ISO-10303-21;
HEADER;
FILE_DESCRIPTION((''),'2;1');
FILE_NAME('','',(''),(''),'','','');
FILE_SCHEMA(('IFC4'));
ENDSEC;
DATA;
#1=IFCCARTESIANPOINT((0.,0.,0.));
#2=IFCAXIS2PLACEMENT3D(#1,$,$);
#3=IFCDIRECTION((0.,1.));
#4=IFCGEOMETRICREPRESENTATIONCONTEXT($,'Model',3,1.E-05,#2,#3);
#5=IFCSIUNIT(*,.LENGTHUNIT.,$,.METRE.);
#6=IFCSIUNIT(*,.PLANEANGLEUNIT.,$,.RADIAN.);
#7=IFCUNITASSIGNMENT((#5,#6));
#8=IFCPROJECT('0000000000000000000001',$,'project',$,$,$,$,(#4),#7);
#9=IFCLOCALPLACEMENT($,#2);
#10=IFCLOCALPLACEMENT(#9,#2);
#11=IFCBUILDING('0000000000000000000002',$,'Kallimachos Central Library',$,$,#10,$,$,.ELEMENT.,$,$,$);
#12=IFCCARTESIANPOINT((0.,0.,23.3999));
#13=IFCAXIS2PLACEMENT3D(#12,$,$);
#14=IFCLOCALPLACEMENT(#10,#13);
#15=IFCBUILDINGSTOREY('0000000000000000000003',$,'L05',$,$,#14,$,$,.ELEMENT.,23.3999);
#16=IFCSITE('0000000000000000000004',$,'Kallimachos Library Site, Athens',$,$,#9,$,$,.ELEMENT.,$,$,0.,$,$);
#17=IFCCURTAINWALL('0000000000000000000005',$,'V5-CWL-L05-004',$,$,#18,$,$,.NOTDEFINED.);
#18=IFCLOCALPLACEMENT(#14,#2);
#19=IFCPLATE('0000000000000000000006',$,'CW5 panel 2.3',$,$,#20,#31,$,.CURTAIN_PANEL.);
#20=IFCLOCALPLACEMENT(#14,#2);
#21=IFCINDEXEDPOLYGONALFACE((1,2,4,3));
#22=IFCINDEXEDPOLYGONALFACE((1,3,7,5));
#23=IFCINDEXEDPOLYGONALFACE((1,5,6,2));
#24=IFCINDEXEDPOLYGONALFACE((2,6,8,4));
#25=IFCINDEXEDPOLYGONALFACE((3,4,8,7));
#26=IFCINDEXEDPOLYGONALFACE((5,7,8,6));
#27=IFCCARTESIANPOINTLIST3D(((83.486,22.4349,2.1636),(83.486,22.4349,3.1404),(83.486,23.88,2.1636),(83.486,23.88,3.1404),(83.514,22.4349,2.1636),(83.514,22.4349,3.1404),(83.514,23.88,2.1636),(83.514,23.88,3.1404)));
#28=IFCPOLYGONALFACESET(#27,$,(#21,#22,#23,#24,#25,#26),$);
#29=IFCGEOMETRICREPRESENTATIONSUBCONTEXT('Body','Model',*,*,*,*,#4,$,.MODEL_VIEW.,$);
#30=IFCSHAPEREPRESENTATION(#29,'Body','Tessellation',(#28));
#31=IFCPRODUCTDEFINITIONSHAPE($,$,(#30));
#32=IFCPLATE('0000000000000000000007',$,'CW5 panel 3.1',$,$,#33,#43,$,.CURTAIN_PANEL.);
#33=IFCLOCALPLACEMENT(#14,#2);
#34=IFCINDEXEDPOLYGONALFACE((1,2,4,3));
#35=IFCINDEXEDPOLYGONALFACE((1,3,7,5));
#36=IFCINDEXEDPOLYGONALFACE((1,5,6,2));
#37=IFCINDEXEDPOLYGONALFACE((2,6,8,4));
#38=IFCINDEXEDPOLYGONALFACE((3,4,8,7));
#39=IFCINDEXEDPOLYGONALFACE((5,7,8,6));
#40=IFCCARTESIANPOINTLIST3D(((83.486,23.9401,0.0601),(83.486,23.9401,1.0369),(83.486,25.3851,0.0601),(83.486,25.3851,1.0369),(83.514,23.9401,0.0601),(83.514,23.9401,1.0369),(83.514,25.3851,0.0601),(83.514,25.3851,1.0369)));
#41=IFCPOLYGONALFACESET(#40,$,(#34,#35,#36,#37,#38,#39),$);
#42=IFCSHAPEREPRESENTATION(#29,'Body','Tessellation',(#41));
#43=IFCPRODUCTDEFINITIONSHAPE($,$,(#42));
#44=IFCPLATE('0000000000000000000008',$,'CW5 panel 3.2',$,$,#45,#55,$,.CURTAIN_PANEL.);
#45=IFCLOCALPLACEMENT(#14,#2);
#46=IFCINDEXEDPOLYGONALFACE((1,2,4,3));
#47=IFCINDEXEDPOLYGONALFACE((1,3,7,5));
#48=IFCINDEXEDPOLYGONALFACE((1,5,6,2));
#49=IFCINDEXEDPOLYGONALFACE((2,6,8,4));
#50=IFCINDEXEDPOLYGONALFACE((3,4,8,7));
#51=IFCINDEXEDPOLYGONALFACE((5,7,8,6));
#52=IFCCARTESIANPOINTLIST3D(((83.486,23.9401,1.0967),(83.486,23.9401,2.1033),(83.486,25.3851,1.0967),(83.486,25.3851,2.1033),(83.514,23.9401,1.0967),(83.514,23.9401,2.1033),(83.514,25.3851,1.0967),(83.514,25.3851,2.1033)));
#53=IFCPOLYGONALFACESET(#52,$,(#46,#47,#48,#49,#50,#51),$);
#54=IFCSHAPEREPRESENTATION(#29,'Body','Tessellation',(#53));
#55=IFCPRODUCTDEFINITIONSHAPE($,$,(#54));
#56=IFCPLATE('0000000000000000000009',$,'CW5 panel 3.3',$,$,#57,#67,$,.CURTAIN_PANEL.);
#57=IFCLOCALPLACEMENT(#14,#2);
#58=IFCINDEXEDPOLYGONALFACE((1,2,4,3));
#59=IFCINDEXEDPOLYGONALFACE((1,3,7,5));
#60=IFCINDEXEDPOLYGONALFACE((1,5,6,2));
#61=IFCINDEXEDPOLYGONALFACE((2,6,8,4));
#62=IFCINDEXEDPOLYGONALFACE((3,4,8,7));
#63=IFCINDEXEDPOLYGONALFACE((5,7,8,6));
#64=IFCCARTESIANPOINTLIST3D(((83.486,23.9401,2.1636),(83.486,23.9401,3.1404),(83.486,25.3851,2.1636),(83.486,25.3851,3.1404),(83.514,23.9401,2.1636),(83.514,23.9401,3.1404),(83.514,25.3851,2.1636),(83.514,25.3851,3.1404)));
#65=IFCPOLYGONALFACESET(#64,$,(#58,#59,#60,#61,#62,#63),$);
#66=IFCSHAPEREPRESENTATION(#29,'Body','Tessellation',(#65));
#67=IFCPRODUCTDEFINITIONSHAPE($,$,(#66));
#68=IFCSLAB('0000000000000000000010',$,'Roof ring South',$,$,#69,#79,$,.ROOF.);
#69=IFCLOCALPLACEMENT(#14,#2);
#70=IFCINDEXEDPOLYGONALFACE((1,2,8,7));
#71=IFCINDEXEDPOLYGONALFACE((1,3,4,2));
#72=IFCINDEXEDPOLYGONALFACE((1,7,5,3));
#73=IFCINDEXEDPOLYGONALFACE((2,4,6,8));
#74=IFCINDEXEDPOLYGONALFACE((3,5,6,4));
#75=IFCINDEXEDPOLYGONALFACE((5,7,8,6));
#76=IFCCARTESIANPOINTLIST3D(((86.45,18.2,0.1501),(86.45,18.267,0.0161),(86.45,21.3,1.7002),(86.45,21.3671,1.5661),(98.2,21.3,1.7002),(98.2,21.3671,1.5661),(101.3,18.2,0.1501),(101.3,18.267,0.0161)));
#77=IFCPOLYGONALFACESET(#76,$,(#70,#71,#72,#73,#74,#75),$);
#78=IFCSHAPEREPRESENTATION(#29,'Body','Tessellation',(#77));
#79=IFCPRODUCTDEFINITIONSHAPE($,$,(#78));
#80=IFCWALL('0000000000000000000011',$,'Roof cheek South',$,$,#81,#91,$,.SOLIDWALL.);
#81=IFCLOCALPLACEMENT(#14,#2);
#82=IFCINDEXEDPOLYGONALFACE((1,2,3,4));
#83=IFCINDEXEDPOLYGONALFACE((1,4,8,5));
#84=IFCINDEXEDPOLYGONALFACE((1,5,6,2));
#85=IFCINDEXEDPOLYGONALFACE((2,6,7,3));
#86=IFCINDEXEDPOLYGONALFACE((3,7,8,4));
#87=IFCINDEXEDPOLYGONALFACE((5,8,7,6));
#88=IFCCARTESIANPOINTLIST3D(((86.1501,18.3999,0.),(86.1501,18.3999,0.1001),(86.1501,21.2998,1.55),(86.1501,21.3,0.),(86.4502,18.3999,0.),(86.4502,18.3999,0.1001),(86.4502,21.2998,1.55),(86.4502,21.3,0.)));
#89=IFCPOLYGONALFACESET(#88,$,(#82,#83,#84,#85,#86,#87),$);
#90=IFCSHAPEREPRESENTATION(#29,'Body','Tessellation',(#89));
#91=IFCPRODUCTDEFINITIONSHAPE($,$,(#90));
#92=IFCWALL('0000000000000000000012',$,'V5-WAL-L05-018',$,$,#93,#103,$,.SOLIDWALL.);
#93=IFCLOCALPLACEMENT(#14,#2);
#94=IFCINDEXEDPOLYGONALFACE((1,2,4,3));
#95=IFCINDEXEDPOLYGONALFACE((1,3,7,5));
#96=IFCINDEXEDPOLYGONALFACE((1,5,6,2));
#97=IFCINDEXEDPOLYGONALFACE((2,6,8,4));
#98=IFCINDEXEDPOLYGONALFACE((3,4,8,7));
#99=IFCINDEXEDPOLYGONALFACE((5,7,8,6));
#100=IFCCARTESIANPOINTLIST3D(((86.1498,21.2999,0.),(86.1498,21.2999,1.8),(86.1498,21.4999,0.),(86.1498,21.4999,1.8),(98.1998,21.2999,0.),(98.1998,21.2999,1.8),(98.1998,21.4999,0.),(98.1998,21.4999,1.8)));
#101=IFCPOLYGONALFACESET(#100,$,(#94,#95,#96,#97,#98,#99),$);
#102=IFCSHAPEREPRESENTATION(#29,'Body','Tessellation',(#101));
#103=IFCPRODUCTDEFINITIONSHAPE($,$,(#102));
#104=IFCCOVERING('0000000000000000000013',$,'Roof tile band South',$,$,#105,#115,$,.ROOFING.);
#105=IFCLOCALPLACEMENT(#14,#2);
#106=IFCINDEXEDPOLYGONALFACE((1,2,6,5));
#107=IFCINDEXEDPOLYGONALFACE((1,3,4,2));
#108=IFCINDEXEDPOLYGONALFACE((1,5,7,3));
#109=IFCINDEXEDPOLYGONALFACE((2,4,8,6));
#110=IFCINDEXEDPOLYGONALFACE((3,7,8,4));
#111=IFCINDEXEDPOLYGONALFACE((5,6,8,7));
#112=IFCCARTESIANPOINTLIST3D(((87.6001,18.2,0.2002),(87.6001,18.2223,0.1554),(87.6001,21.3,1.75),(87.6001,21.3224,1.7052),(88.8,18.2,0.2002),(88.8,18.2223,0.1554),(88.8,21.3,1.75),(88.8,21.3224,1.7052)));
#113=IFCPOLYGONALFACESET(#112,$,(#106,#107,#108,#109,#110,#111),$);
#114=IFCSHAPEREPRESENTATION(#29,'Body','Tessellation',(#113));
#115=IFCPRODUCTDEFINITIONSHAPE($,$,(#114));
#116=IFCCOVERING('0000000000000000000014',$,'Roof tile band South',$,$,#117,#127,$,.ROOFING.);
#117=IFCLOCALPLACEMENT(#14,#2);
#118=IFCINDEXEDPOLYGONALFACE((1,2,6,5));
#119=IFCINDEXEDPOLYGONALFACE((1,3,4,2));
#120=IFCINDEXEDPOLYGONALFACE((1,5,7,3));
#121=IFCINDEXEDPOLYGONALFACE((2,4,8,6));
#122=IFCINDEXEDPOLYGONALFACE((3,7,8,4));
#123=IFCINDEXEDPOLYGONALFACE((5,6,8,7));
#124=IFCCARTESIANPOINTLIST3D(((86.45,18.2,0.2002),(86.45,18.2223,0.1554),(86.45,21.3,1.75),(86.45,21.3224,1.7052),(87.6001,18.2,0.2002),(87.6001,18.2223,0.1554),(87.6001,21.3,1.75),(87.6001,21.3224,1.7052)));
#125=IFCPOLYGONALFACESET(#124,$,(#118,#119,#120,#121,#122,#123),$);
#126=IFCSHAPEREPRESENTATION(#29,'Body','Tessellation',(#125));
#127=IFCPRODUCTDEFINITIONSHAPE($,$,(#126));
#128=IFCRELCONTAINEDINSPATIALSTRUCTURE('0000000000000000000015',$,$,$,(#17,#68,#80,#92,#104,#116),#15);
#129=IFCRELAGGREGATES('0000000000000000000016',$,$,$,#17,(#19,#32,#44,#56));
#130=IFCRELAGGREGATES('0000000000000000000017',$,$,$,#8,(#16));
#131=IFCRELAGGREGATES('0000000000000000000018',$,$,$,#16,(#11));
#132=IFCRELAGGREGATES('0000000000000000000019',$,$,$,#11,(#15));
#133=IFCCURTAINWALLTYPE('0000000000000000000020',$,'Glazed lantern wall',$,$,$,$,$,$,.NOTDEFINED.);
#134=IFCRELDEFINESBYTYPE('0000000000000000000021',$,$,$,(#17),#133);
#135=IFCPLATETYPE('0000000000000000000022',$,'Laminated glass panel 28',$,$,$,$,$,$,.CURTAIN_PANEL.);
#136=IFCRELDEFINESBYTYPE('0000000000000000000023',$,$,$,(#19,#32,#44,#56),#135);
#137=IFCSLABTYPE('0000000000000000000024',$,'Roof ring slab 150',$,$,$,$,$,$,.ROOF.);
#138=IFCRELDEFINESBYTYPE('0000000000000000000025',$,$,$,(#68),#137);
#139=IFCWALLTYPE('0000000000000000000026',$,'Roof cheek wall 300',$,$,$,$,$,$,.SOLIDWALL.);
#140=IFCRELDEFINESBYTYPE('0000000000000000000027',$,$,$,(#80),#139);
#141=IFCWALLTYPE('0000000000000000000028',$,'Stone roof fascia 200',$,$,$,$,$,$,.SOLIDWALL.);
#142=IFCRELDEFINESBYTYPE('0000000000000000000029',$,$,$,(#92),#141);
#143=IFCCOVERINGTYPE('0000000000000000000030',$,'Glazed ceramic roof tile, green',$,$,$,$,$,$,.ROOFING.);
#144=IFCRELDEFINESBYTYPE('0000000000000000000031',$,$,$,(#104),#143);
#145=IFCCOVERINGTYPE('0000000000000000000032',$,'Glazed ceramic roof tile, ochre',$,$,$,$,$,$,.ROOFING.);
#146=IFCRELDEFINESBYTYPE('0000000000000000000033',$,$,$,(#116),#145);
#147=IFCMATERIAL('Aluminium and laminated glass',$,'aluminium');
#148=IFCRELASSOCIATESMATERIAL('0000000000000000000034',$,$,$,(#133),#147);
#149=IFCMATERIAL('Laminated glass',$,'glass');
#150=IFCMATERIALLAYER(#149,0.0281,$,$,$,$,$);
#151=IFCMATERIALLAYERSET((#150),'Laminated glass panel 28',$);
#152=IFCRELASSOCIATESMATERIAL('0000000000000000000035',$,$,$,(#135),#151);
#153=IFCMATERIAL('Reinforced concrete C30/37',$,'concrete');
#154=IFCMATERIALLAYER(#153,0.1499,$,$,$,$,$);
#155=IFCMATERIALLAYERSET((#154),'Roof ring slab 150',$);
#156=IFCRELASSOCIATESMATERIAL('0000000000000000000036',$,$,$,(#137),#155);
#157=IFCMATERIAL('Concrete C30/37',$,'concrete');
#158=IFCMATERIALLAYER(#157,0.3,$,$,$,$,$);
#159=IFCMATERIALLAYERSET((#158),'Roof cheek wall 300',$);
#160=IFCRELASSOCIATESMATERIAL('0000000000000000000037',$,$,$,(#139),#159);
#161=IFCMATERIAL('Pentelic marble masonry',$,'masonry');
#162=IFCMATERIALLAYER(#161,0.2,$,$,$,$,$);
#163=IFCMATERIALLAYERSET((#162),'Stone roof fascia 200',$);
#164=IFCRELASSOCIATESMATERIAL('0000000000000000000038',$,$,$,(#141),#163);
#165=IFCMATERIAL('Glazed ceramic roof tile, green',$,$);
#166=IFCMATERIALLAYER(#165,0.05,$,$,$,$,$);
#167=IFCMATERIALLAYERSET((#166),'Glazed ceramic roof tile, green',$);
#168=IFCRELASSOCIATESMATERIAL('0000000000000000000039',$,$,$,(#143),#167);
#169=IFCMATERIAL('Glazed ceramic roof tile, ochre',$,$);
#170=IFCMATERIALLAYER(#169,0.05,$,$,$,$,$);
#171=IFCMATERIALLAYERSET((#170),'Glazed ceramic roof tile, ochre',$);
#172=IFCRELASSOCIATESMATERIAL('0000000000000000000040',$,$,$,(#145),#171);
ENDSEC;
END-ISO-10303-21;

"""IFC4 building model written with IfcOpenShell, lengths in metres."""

from ifc_helpers import new_model, si_unit, direction, frame, frame_2d, origin, origin_2d, place, context, subcontext, project, spatial, polyline, rectangle, outline, extrude, material, layer, layer_set, type_object, element, aggregate, save


model = new_model("IFC4")

# Units and contexts
model_context = context("Model", 3, precision=1e-05, world=origin(), true_north=direction((0.0, 1.0)))
body_context = subcontext(model_context, "Body", "Model", "MODEL_VIEW")
ifc_project = project(units=[si_unit("LENGTHUNIT", "METRE"), si_unit("PLANEANGLEUNIT", "RADIAN")], contexts=[model_context])

# Site, building, storey
site_placement = place(None, origin())
site = spatial("IfcSite", under=ifc_project, at=site_placement, Name="Kallimachos Library Site, Athens", CompositionType="ELEMENT", RefElevation=0.0)
building_placement = place(site_placement, origin())
building = spatial("IfcBuilding", under=site, at=building_placement, Name="Kallimachos Central Library", CompositionType="ELEMENT")
storey_placement = place(building_placement, frame((0.0, 0.0, 23.3999)))
storey = spatial("IfcBuildingStorey", under=building, at=storey_placement, Name="L05", CompositionType="ELEMENT", Elevation=23.3999)

# Curtain wall, plates
ifc_material_1 = material(Name="Aluminium and laminated glass", Category="aluminium")
curtain_wall_type = type_object("IfcCurtainWallType", Name="Glazed lantern wall", PredefinedType="NOTDEFINED", material=ifc_material_1)
curtain_wall_placement = place(storey_placement, origin())
curtain_wall = element("IfcCurtainWall", 1, at=curtain_wall_placement, inside=storey, type_object=curtain_wall_type, Name="V5-CWL-L05-004", PredefinedType="NOTDEFINED")
ifc_material_2 = material(Name="Laminated glass", Category="glass")
ifc_layer_1 = layer(ifc_material_2, 0.0281)
ifc_layer_set_1 = layer_set([ifc_layer_1], Name="Laminated glass panel 28")
plate_type = type_object("IfcPlateType", Name="Laminated glass panel 28", PredefinedType="CURTAIN_PANEL", material=ifc_layer_set_1)
plate_1_placement = place(storey_placement, frame((83.5, 23.1575, 2.1636), z_axis=(0.0, 0.0, 1.0), x_axis=(0.0, 1.0, 0.0)))
plate_1 = element("IfcPlate", 2, at=plate_1_placement, type_object=plate_type, Name="CW5 panel 2.3", PredefinedType="CURTAIN_PANEL", context=body_context, shape_type="SweptSolid", body=[
    extrude(rectangle(XDim=1.4451, YDim=0.0281, at=origin_2d()), origin(), (0.0, 0.0, 1.0), 0.9768),
])
plate_2_placement = place(storey_placement, frame((83.5, 24.6626, 0.0601), z_axis=(0.0, 0.0, 1.0), x_axis=(0.0, 1.0, 0.0)))
plate_2 = element("IfcPlate", 3, at=plate_2_placement, type_object=plate_type, Name="CW5 panel 3.1", PredefinedType="CURTAIN_PANEL", context=body_context, shape_type="SweptSolid", body=[
    extrude(rectangle(XDim=1.4451, YDim=0.0281, at=origin_2d()), origin(), (0.0, 0.0, 1.0), 0.9768),
])
plate_3_placement = place(storey_placement, frame((83.5, 24.6626, 1.0967), z_axis=(0.0, 0.0, 1.0), x_axis=(0.0, 1.0, 0.0)))
plate_3 = element("IfcPlate", 4, at=plate_3_placement, type_object=plate_type, Name="CW5 panel 3.2", PredefinedType="CURTAIN_PANEL", context=body_context, shape_type="SweptSolid", body=[
    extrude(rectangle(XDim=1.4451, YDim=0.0281, at=origin_2d()), origin(), (0.0, 0.0, 1.0), 1.0066),
])
plate_4_placement = place(storey_placement, frame((83.5, 24.6626, 2.1636), z_axis=(0.0, 0.0, 1.0), x_axis=(0.0, 1.0, 0.0)))
plate_4 = element("IfcPlate", 5, at=plate_4_placement, type_object=plate_type, Name="CW5 panel 3.3", PredefinedType="CURTAIN_PANEL", context=body_context, shape_type="SweptSolid", body=[
    extrude(rectangle(XDim=1.4451, YDim=0.0281, at=origin_2d()), origin(), (0.0, 0.0, 1.0), 0.9768),
])
aggregate(curtain_wall, [plate_1, plate_2, plate_3, plate_4])

# Slab
ifc_material_3 = material(Name="Reinforced concrete C30/37", Category="concrete")
ifc_layer_2 = layer(ifc_material_3, 0.1499)
ifc_layer_set_2 = layer_set([ifc_layer_2], Name="Roof ring slab 150")
slab_type = type_object("IfcSlabType", Name="Roof ring slab 150", PredefinedType="ROOF", material=ifc_layer_set_2)
slab_placement = place(storey_placement, frame((86.45, 18.2, 0.1501), z_axis=(0.0, -0.447214, 0.894427), x_axis=(1.0, 0.0, 0.0)))
element("IfcSlab", 6, at=slab_placement, inside=storey, type_object=slab_type, Name="Roof ring South", PredefinedType="ROOF", context=body_context, shape_type="SweptSolid", body=[
    extrude(outline(polyline([(0.0, 0.0), (14.8501, 0.0), (11.75, 3.466), (0.0, 3.466), (0.0, 0.0)])), origin(), (0.0, 0.0, -1.0), 0.1499),
])

# Walls
ifc_material_4 = material(Name="Concrete C30/37", Category="concrete")
ifc_layer_3 = layer(ifc_material_4, 0.3)
ifc_layer_set_3 = layer_set([ifc_layer_3], Name="Roof cheek wall 300")
wall_type_1 = type_object("IfcWallType", Name="Roof cheek wall 300", PredefinedType="SOLIDWALL", material=ifc_layer_set_3)
wall_1_placement = place(storey_placement, frame((86.3, 18.3999, 0.0), z_axis=(0.0, 0.0, 1.0), x_axis=(0.0, 1.0, 0.0)))
element("IfcWall", 7, at=wall_1_placement, inside=storey, type_object=wall_type_1, Name="Roof cheek South", PredefinedType="SOLIDWALL", context=body_context, shape_type="SweptSolid", body=[
    extrude(outline(polyline([(0.0, 0.0), (2.9001, 0.0), (2.8999, 1.55), (0.0, 0.1001), (0.0, 0.0)])), frame((0.0, 0.1499, 0.0), z_axis=(0.0, -1.0, 0.0), x_axis=(1.0, 0.0, 0.0)), (0.0, 0.0, 1.0), 0.3),
])
ifc_material_5 = material(Name="Pentelic marble masonry", Category="masonry")
ifc_layer_4 = layer(ifc_material_5, 0.2)
ifc_layer_set_4 = layer_set([ifc_layer_4], Name="Stone roof fascia 200")
wall_type_2 = type_object("IfcWallType", Name="Stone roof fascia 200", PredefinedType="SOLIDWALL", material=ifc_layer_set_4)
wall_2_placement = place(storey_placement, frame((86.1499, 21.3999, 0.0), z_axis=(0.0, 0.0, 1.0), x_axis=(1.0, 0.0, 0.0)))
element("IfcWall", 8, at=wall_2_placement, inside=storey, type_object=wall_type_2, Name="V5-WAL-L05-018", PredefinedType="SOLIDWALL", context=body_context, shape_type="SweptSolid", body=[
    extrude(rectangle(XDim=12.05, YDim=0.2, at=frame_2d((6.0249, 0.0))), origin(), (0.0, 0.0, 1.0), 1.8),
])

# Coverings
ifc_material_6 = material(Name="Glazed ceramic roof tile, green")
ifc_layer_5 = layer(ifc_material_6, 0.05)
ifc_layer_set_5 = layer_set([ifc_layer_5], Name="Glazed ceramic roof tile, green")
covering_type_1 = type_object("IfcCoveringType", Name="Glazed ceramic roof tile, green", PredefinedType="ROOFING", material=ifc_layer_set_5)
covering_1_placement = place(storey_placement, frame((87.6001, 18.2, 0.2002), z_axis=(0.0, -0.447157, 0.894455), x_axis=(0.0, 0.894455, 0.447157)))
element("IfcCovering", 9, at=covering_1_placement, inside=storey, type_object=covering_type_1, Name="Roof tile band South", PredefinedType="ROOFING", context=body_context, shape_type="SweptSolid", body=[
    extrude(outline(polyline([(0.0, 0.0), (3.4659, 0.0), (3.4659, -1.2), (0.0, -1.2), (0.0, 0.0)])), origin(), (0.0, 0.0, -1.0), 0.05),
])
ifc_material_7 = material(Name="Glazed ceramic roof tile, ochre")
ifc_layer_6 = layer(ifc_material_7, 0.05)
ifc_layer_set_6 = layer_set([ifc_layer_6], Name="Glazed ceramic roof tile, ochre")
covering_type_2 = type_object("IfcCoveringType", Name="Glazed ceramic roof tile, ochre", PredefinedType="ROOFING", material=ifc_layer_set_6)
covering_2_placement = place(storey_placement, frame((86.45, 18.2, 0.2002), z_axis=(0.0, -0.447157, 0.894455), x_axis=(0.0, 0.894455, 0.447157)))
element("IfcCovering", 10, at=covering_2_placement, inside=storey, type_object=covering_type_2, Name="Roof tile band South", PredefinedType="ROOFING", context=body_context, shape_type="SweptSolid", body=[
    extrude(outline(polyline([(0.0, 0.0), (3.4659, 0.0), (3.4659, -1.1501), (0.0, -1.1501), (0.0, 0.0)])), origin(), (0.0, 0.0, -1.0), 0.05),
])

save(model, "model.ifc")
